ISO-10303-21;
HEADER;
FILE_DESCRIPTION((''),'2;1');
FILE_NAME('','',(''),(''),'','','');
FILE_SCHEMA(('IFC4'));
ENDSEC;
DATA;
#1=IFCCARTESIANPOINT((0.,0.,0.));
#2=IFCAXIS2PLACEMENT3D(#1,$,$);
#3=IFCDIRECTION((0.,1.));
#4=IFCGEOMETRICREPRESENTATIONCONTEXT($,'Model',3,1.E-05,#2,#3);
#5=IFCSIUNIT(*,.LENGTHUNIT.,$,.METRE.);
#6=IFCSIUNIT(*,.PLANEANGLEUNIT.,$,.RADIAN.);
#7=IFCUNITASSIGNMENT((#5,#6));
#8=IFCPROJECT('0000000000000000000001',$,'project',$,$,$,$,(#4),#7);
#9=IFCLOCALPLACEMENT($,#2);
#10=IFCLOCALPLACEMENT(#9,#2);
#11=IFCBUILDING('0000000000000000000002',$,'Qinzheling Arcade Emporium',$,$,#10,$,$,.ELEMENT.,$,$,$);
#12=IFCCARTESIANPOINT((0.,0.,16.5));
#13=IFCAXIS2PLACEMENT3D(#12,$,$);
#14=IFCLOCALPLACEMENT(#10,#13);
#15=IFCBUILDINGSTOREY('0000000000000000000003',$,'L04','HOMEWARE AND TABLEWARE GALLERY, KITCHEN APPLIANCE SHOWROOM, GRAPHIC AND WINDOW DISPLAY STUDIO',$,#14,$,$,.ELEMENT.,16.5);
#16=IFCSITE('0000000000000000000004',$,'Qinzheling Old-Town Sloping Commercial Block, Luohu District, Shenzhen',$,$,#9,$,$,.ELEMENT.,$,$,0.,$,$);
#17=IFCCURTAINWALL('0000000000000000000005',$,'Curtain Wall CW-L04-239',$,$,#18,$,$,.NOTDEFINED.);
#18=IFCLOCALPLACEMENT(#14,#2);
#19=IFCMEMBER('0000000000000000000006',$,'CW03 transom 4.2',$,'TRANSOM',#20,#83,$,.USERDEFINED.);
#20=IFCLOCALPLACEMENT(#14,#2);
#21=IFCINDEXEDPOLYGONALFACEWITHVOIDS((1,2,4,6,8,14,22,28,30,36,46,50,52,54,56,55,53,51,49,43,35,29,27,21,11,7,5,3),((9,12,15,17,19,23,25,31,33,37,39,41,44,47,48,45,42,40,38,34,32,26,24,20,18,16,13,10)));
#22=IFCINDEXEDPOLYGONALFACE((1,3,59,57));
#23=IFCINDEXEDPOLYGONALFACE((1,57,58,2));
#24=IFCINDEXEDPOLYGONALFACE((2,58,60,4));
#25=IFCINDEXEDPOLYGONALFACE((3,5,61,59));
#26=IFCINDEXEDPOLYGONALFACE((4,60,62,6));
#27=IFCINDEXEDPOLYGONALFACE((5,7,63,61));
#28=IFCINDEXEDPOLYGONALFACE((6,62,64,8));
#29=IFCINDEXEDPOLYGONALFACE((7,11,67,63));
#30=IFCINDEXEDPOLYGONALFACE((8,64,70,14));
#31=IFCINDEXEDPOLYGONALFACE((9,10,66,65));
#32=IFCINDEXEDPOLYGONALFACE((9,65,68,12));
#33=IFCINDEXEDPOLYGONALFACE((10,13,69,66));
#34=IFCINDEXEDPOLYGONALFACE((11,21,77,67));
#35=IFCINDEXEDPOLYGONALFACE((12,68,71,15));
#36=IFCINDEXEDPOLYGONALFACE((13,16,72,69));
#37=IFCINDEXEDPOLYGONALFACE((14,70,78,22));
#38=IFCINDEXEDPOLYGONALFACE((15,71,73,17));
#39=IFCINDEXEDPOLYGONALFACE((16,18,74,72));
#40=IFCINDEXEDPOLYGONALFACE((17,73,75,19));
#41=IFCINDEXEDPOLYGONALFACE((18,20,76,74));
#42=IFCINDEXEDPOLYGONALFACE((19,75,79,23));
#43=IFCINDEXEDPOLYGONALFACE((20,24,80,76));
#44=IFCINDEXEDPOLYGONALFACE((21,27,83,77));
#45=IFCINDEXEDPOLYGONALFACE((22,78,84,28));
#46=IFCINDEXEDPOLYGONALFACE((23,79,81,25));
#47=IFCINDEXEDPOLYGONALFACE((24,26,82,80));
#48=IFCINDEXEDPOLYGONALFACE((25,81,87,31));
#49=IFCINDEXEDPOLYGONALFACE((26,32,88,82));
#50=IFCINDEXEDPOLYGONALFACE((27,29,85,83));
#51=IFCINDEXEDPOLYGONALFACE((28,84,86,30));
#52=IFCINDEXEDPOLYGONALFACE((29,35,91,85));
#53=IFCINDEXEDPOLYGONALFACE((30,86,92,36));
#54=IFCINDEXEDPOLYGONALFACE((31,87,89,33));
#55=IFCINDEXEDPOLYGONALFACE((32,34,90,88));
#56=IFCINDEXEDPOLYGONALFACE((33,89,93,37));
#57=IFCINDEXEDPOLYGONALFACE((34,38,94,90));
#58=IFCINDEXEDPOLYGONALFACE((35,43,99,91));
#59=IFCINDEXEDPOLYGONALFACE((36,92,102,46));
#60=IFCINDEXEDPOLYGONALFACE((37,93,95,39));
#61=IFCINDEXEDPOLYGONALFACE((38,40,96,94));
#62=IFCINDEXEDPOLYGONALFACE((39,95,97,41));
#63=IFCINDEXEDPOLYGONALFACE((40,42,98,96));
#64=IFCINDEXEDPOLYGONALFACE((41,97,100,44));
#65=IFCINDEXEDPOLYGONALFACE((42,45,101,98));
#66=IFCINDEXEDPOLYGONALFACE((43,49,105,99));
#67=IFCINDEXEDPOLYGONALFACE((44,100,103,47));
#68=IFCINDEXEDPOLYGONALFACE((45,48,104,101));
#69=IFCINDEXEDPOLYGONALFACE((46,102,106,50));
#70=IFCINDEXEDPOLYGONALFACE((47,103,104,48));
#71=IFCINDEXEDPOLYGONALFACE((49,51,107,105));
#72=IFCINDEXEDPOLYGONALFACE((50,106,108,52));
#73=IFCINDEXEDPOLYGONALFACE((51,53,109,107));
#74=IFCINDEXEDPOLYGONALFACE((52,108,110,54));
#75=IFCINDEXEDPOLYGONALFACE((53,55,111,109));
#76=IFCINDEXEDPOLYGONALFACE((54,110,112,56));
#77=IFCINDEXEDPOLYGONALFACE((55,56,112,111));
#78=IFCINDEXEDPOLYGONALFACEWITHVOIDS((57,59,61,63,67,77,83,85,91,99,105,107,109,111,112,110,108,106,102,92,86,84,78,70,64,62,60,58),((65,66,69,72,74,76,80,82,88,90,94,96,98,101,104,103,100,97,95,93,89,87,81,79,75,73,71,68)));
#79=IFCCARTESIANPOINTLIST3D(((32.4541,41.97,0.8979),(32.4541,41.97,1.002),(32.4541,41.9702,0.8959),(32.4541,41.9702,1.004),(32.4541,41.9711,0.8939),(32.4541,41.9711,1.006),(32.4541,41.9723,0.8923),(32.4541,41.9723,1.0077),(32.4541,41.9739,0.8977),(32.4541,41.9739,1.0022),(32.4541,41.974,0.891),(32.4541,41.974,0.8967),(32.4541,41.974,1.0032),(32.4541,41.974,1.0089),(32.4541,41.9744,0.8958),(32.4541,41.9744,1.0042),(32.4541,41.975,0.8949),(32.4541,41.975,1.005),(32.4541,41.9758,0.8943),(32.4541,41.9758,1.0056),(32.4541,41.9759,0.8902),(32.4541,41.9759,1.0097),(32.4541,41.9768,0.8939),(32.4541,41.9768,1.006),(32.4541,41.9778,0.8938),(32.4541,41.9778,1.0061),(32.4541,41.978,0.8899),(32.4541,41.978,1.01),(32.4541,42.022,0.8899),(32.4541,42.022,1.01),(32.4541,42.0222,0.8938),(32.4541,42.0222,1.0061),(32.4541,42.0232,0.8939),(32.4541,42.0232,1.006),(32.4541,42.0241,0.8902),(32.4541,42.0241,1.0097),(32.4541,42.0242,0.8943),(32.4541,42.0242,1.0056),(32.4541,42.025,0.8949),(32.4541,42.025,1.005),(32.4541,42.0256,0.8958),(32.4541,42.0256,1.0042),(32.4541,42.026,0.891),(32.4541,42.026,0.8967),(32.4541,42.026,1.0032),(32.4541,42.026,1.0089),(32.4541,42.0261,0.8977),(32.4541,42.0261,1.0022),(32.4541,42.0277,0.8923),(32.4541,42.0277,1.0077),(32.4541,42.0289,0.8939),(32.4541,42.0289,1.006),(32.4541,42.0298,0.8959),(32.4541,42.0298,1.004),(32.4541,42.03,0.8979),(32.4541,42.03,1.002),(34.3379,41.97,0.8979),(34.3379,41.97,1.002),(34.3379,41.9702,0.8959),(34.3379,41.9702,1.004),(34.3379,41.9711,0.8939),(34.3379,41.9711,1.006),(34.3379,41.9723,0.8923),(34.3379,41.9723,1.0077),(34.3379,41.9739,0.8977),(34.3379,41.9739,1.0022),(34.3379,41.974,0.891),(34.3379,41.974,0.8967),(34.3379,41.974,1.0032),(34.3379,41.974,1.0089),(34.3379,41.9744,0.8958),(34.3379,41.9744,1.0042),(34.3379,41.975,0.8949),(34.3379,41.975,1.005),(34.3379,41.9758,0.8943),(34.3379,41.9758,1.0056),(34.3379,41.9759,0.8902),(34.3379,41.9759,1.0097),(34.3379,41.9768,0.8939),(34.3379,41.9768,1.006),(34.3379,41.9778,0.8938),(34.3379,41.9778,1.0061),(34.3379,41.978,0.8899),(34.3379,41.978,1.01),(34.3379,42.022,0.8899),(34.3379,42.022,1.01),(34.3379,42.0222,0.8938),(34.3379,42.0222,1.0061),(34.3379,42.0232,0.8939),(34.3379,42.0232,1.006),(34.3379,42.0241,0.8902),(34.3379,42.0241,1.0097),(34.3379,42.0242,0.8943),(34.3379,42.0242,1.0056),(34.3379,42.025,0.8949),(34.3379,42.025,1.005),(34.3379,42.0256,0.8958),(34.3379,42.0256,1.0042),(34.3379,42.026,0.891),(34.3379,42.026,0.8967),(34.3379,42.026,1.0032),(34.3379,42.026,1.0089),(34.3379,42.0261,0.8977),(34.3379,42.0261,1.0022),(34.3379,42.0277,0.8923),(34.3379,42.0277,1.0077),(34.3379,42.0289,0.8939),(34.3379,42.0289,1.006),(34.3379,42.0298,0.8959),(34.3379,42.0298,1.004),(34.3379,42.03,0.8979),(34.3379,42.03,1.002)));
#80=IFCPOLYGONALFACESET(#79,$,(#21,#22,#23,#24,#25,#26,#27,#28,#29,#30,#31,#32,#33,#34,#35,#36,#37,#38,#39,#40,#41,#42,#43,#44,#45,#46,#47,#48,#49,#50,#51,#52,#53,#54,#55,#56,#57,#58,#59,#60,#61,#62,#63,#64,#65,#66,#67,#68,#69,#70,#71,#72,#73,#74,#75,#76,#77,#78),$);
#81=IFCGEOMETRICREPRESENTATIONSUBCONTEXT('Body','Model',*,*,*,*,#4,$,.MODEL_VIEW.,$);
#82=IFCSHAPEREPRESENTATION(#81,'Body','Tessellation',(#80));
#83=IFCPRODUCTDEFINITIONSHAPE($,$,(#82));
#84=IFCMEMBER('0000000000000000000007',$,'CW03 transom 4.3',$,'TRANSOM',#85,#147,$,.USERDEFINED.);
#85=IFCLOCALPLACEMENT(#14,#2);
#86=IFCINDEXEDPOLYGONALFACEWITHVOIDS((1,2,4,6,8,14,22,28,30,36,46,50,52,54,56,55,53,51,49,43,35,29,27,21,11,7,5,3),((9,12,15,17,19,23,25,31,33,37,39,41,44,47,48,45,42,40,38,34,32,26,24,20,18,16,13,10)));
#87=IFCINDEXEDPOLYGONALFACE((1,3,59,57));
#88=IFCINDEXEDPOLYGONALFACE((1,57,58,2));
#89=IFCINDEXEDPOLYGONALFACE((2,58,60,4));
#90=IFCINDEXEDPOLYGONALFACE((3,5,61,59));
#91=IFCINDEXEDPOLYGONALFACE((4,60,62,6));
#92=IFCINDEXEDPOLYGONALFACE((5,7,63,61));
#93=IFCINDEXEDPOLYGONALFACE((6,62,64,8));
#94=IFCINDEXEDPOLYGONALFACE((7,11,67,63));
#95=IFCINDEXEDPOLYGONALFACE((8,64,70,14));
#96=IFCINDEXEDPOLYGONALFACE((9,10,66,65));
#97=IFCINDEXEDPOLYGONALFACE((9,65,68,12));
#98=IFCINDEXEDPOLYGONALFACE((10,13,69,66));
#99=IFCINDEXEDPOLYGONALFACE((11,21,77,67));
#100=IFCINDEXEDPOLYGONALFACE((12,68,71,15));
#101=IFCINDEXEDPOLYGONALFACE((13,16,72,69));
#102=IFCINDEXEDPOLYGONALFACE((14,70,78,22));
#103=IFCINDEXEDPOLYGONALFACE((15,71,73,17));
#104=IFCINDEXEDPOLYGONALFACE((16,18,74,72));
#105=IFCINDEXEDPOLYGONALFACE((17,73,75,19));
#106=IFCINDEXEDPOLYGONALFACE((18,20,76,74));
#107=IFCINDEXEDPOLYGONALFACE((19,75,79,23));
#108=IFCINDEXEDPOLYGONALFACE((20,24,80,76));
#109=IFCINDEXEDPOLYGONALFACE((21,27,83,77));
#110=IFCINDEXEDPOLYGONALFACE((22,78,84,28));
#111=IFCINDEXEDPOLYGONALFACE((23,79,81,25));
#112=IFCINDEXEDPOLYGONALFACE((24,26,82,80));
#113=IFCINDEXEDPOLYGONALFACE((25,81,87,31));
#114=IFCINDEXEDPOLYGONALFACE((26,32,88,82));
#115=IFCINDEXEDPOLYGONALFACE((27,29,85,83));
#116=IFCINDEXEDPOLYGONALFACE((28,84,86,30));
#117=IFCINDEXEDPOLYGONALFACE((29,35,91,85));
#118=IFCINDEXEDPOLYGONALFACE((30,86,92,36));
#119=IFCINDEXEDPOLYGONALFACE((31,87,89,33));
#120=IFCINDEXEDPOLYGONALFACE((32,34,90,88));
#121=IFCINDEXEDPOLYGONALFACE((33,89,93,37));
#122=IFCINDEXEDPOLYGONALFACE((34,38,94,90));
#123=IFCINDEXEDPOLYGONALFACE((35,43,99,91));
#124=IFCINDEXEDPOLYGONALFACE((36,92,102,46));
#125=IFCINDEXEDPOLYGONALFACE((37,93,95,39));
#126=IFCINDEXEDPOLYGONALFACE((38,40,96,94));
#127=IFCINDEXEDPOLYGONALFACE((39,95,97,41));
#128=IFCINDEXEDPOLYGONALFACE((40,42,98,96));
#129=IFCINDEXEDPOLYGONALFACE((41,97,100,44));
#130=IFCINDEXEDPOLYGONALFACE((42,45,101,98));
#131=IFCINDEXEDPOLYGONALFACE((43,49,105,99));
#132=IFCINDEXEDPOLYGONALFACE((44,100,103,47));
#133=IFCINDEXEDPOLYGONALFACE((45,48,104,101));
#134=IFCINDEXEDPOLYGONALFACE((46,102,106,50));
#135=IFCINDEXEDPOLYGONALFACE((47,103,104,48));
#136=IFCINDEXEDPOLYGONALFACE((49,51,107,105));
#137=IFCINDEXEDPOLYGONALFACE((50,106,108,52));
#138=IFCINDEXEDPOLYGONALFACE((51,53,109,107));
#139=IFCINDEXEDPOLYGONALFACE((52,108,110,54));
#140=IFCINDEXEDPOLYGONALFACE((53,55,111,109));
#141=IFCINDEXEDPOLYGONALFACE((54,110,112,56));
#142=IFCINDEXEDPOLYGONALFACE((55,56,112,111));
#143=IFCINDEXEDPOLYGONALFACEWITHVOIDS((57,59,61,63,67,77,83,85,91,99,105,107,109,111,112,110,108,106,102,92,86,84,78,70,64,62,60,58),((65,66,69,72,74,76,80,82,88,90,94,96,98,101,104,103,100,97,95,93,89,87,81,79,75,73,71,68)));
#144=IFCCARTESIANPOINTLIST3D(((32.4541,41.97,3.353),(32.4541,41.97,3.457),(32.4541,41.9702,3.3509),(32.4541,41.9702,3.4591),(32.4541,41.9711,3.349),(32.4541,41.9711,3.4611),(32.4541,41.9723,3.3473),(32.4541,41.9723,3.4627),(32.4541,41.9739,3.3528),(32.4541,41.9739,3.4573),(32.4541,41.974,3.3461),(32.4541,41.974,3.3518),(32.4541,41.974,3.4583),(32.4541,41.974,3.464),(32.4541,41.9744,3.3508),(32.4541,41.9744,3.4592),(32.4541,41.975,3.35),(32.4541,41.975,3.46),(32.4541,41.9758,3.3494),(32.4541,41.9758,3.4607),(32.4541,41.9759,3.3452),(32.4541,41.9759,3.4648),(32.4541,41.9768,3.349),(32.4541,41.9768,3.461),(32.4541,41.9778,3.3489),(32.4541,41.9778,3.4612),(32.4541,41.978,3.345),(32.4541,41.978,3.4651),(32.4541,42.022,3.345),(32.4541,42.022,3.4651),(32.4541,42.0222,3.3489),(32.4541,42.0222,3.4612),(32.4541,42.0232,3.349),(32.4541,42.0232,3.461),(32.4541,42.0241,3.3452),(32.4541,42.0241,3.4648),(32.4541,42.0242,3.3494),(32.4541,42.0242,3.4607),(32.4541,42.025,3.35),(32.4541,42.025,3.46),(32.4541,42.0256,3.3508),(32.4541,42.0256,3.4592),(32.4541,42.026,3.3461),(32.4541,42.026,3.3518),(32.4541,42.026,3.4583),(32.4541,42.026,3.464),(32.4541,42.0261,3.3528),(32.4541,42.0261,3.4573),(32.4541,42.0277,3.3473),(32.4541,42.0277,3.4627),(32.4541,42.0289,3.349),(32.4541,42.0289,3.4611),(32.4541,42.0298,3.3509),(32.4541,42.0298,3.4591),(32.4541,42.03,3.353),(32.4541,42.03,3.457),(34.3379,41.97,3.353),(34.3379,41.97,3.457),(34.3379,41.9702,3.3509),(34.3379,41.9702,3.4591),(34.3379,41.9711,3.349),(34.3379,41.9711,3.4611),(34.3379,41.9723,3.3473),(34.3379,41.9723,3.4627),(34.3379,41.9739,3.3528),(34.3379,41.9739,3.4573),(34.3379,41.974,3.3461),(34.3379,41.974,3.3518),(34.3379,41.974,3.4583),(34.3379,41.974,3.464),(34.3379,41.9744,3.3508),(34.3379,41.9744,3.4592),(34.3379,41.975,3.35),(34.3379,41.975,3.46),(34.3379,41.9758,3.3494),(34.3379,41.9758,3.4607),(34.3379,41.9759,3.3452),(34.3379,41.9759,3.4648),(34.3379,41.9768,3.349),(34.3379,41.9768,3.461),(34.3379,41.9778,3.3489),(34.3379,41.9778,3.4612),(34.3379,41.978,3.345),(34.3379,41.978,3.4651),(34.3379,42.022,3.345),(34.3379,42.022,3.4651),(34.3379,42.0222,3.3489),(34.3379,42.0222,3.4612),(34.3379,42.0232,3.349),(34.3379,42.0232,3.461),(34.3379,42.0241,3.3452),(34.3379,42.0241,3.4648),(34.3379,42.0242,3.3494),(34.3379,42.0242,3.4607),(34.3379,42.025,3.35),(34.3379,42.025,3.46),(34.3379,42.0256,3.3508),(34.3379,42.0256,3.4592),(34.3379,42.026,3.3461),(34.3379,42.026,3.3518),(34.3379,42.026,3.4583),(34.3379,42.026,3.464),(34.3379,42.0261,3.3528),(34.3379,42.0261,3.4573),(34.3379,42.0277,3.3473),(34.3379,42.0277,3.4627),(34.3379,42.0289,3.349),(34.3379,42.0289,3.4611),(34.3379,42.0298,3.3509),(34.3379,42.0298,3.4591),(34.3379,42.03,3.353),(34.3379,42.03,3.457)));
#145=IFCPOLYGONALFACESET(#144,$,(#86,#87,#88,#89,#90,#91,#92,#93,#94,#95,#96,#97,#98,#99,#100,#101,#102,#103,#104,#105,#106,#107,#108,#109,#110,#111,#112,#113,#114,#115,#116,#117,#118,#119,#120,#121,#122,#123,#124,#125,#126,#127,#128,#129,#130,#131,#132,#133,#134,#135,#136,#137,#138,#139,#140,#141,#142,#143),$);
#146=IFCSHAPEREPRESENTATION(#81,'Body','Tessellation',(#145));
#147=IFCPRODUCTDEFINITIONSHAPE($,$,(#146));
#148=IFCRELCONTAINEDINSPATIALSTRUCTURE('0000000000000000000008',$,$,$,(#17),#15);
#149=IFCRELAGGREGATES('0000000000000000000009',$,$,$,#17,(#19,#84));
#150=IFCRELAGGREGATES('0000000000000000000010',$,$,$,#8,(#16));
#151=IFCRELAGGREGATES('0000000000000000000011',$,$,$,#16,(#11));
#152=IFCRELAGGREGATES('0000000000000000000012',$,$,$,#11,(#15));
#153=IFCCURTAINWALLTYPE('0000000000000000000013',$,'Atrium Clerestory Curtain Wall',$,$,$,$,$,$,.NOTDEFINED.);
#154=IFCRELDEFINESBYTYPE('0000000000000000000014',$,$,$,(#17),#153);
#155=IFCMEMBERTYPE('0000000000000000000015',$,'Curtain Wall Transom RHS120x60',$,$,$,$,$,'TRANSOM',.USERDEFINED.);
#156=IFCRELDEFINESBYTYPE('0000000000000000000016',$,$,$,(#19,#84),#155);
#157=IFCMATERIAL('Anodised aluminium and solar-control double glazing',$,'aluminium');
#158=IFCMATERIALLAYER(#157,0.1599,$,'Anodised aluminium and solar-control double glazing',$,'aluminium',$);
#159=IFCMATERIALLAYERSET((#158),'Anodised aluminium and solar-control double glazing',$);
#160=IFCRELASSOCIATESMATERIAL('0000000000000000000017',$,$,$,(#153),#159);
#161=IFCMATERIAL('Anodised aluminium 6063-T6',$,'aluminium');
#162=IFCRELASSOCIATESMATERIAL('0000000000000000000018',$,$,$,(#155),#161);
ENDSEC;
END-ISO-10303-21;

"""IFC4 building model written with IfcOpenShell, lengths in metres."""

from ifc_helpers import new_model, si_unit, direction, frame, origin, origin_2d, place, context, subcontext, project, spatial, hollow_rectangle, extrude, material, layer, layer_set, material_profile, profile_set, type_object, element, aggregate, save


model = new_model("IFC4")

# Units and contexts
model_context = context("Model", 3, precision=1e-05, world=origin(), true_north=direction((0.0, 1.0)))
body_context = subcontext(model_context, "Body", "Model", "MODEL_VIEW")
ifc_project = project(units=[si_unit("LENGTHUNIT", "METRE"), si_unit("PLANEANGLEUNIT", "RADIAN")], contexts=[model_context])

# Site, building, storey
site_placement = place(None, origin())
site = spatial("IfcSite", under=ifc_project, at=site_placement, Name="Qinzheling Old-Town Sloping Commercial Block, Luohu District, Shenzhen", CompositionType="ELEMENT", RefElevation=0.0)
building_placement = place(site_placement, origin())
building = spatial("IfcBuilding", under=site, at=building_placement, Name="Qinzheling Arcade Emporium", CompositionType="ELEMENT")
storey_placement = place(building_placement, frame((0.0, 0.0, 16.5)))
storey = spatial("IfcBuildingStorey", under=building, at=storey_placement, Name="L04", Description="HOMEWARE AND TABLEWARE GALLERY, KITCHEN APPLIANCE SHOWROOM, GRAPHIC AND WINDOW DISPLAY STUDIO", CompositionType="ELEMENT", Elevation=16.5)

# Curtain wall, members
ifc_material_1 = material(Name="Anodised aluminium and solar-control double glazing", Category="aluminium")
ifc_layer_1 = layer(ifc_material_1, 0.1599, Name="Anodised aluminium and solar-control double glazing", Category="aluminium")
ifc_layer_set_1 = layer_set([ifc_layer_1], Name="Anodised aluminium and solar-control double glazing")
curtain_wall_type = type_object("IfcCurtainWallType", Name="Atrium Clerestory Curtain Wall", PredefinedType="NOTDEFINED", material=ifc_layer_set_1)
curtain_wall_placement = place(storey_placement, origin())
curtain_wall = element("IfcCurtainWall", 1, at=curtain_wall_placement, inside=storey, type_object=curtain_wall_type, Name="Curtain Wall CW-L04-239", PredefinedType="NOTDEFINED")
ifc_material_2 = material(Name="Anodised aluminium 6063-T6", Category="aluminium")
ifc_material_profile_1 = material_profile(ifc_material_2, hollow_rectangle(XDim=0.0601, YDim=0.1201, WallThickness=0.0039, InnerFilletRadius=0.0039, OuterFilletRadius=0.0081, at=origin_2d()), Name="RHS 120x60x4", Category="aluminium")
ifc_profile_set_1 = profile_set([ifc_material_profile_1], Name="Anodised aluminium 6063-T6")
member_type_1 = type_object("IfcMemberType", Name="Curtain Wall Transom RHS120x60", ElementType="TRANSOM", PredefinedType="USERDEFINED", material=ifc_profile_set_1)
member_1_placement = place(storey_placement, frame((32.4541, 42.0, 0.95), z_axis=(1.0, 0.0, 0.0), x_axis=(0.0, 1.0, 0.0)))
member_1 = element("IfcMember", 2, at=member_1_placement, type_object=member_type_1, Name="CW03 transom 4.2", ObjectType="TRANSOM", PredefinedType="USERDEFINED", context=body_context, shape_type="SweptSolid", body=[
    extrude(hollow_rectangle(XDim=0.0601, YDim=0.1201, WallThickness=0.0039, InnerFilletRadius=0.0039, OuterFilletRadius=0.0081, at=origin_2d()), origin(), (0.0, 0.0, 1.0), 1.8838),
])
member_2_placement = place(storey_placement, frame((32.4541, 42.0, 3.405), z_axis=(1.0, 0.0, 0.0), x_axis=(0.0, 1.0, 0.0)))
member_2 = element("IfcMember", 3, at=member_2_placement, type_object=member_type_1, Name="CW03 transom 4.3", ObjectType="TRANSOM", PredefinedType="USERDEFINED", context=body_context, shape_type="SweptSolid", body=[
    extrude(hollow_rectangle(XDim=0.0601, YDim=0.1201, WallThickness=0.0039, InnerFilletRadius=0.0039, OuterFilletRadius=0.0081, at=origin_2d()), origin(), (0.0, 0.0, 1.0), 1.8838),
])
aggregate(curtain_wall, [member_1, member_2])

save(model, "model.ifc")
